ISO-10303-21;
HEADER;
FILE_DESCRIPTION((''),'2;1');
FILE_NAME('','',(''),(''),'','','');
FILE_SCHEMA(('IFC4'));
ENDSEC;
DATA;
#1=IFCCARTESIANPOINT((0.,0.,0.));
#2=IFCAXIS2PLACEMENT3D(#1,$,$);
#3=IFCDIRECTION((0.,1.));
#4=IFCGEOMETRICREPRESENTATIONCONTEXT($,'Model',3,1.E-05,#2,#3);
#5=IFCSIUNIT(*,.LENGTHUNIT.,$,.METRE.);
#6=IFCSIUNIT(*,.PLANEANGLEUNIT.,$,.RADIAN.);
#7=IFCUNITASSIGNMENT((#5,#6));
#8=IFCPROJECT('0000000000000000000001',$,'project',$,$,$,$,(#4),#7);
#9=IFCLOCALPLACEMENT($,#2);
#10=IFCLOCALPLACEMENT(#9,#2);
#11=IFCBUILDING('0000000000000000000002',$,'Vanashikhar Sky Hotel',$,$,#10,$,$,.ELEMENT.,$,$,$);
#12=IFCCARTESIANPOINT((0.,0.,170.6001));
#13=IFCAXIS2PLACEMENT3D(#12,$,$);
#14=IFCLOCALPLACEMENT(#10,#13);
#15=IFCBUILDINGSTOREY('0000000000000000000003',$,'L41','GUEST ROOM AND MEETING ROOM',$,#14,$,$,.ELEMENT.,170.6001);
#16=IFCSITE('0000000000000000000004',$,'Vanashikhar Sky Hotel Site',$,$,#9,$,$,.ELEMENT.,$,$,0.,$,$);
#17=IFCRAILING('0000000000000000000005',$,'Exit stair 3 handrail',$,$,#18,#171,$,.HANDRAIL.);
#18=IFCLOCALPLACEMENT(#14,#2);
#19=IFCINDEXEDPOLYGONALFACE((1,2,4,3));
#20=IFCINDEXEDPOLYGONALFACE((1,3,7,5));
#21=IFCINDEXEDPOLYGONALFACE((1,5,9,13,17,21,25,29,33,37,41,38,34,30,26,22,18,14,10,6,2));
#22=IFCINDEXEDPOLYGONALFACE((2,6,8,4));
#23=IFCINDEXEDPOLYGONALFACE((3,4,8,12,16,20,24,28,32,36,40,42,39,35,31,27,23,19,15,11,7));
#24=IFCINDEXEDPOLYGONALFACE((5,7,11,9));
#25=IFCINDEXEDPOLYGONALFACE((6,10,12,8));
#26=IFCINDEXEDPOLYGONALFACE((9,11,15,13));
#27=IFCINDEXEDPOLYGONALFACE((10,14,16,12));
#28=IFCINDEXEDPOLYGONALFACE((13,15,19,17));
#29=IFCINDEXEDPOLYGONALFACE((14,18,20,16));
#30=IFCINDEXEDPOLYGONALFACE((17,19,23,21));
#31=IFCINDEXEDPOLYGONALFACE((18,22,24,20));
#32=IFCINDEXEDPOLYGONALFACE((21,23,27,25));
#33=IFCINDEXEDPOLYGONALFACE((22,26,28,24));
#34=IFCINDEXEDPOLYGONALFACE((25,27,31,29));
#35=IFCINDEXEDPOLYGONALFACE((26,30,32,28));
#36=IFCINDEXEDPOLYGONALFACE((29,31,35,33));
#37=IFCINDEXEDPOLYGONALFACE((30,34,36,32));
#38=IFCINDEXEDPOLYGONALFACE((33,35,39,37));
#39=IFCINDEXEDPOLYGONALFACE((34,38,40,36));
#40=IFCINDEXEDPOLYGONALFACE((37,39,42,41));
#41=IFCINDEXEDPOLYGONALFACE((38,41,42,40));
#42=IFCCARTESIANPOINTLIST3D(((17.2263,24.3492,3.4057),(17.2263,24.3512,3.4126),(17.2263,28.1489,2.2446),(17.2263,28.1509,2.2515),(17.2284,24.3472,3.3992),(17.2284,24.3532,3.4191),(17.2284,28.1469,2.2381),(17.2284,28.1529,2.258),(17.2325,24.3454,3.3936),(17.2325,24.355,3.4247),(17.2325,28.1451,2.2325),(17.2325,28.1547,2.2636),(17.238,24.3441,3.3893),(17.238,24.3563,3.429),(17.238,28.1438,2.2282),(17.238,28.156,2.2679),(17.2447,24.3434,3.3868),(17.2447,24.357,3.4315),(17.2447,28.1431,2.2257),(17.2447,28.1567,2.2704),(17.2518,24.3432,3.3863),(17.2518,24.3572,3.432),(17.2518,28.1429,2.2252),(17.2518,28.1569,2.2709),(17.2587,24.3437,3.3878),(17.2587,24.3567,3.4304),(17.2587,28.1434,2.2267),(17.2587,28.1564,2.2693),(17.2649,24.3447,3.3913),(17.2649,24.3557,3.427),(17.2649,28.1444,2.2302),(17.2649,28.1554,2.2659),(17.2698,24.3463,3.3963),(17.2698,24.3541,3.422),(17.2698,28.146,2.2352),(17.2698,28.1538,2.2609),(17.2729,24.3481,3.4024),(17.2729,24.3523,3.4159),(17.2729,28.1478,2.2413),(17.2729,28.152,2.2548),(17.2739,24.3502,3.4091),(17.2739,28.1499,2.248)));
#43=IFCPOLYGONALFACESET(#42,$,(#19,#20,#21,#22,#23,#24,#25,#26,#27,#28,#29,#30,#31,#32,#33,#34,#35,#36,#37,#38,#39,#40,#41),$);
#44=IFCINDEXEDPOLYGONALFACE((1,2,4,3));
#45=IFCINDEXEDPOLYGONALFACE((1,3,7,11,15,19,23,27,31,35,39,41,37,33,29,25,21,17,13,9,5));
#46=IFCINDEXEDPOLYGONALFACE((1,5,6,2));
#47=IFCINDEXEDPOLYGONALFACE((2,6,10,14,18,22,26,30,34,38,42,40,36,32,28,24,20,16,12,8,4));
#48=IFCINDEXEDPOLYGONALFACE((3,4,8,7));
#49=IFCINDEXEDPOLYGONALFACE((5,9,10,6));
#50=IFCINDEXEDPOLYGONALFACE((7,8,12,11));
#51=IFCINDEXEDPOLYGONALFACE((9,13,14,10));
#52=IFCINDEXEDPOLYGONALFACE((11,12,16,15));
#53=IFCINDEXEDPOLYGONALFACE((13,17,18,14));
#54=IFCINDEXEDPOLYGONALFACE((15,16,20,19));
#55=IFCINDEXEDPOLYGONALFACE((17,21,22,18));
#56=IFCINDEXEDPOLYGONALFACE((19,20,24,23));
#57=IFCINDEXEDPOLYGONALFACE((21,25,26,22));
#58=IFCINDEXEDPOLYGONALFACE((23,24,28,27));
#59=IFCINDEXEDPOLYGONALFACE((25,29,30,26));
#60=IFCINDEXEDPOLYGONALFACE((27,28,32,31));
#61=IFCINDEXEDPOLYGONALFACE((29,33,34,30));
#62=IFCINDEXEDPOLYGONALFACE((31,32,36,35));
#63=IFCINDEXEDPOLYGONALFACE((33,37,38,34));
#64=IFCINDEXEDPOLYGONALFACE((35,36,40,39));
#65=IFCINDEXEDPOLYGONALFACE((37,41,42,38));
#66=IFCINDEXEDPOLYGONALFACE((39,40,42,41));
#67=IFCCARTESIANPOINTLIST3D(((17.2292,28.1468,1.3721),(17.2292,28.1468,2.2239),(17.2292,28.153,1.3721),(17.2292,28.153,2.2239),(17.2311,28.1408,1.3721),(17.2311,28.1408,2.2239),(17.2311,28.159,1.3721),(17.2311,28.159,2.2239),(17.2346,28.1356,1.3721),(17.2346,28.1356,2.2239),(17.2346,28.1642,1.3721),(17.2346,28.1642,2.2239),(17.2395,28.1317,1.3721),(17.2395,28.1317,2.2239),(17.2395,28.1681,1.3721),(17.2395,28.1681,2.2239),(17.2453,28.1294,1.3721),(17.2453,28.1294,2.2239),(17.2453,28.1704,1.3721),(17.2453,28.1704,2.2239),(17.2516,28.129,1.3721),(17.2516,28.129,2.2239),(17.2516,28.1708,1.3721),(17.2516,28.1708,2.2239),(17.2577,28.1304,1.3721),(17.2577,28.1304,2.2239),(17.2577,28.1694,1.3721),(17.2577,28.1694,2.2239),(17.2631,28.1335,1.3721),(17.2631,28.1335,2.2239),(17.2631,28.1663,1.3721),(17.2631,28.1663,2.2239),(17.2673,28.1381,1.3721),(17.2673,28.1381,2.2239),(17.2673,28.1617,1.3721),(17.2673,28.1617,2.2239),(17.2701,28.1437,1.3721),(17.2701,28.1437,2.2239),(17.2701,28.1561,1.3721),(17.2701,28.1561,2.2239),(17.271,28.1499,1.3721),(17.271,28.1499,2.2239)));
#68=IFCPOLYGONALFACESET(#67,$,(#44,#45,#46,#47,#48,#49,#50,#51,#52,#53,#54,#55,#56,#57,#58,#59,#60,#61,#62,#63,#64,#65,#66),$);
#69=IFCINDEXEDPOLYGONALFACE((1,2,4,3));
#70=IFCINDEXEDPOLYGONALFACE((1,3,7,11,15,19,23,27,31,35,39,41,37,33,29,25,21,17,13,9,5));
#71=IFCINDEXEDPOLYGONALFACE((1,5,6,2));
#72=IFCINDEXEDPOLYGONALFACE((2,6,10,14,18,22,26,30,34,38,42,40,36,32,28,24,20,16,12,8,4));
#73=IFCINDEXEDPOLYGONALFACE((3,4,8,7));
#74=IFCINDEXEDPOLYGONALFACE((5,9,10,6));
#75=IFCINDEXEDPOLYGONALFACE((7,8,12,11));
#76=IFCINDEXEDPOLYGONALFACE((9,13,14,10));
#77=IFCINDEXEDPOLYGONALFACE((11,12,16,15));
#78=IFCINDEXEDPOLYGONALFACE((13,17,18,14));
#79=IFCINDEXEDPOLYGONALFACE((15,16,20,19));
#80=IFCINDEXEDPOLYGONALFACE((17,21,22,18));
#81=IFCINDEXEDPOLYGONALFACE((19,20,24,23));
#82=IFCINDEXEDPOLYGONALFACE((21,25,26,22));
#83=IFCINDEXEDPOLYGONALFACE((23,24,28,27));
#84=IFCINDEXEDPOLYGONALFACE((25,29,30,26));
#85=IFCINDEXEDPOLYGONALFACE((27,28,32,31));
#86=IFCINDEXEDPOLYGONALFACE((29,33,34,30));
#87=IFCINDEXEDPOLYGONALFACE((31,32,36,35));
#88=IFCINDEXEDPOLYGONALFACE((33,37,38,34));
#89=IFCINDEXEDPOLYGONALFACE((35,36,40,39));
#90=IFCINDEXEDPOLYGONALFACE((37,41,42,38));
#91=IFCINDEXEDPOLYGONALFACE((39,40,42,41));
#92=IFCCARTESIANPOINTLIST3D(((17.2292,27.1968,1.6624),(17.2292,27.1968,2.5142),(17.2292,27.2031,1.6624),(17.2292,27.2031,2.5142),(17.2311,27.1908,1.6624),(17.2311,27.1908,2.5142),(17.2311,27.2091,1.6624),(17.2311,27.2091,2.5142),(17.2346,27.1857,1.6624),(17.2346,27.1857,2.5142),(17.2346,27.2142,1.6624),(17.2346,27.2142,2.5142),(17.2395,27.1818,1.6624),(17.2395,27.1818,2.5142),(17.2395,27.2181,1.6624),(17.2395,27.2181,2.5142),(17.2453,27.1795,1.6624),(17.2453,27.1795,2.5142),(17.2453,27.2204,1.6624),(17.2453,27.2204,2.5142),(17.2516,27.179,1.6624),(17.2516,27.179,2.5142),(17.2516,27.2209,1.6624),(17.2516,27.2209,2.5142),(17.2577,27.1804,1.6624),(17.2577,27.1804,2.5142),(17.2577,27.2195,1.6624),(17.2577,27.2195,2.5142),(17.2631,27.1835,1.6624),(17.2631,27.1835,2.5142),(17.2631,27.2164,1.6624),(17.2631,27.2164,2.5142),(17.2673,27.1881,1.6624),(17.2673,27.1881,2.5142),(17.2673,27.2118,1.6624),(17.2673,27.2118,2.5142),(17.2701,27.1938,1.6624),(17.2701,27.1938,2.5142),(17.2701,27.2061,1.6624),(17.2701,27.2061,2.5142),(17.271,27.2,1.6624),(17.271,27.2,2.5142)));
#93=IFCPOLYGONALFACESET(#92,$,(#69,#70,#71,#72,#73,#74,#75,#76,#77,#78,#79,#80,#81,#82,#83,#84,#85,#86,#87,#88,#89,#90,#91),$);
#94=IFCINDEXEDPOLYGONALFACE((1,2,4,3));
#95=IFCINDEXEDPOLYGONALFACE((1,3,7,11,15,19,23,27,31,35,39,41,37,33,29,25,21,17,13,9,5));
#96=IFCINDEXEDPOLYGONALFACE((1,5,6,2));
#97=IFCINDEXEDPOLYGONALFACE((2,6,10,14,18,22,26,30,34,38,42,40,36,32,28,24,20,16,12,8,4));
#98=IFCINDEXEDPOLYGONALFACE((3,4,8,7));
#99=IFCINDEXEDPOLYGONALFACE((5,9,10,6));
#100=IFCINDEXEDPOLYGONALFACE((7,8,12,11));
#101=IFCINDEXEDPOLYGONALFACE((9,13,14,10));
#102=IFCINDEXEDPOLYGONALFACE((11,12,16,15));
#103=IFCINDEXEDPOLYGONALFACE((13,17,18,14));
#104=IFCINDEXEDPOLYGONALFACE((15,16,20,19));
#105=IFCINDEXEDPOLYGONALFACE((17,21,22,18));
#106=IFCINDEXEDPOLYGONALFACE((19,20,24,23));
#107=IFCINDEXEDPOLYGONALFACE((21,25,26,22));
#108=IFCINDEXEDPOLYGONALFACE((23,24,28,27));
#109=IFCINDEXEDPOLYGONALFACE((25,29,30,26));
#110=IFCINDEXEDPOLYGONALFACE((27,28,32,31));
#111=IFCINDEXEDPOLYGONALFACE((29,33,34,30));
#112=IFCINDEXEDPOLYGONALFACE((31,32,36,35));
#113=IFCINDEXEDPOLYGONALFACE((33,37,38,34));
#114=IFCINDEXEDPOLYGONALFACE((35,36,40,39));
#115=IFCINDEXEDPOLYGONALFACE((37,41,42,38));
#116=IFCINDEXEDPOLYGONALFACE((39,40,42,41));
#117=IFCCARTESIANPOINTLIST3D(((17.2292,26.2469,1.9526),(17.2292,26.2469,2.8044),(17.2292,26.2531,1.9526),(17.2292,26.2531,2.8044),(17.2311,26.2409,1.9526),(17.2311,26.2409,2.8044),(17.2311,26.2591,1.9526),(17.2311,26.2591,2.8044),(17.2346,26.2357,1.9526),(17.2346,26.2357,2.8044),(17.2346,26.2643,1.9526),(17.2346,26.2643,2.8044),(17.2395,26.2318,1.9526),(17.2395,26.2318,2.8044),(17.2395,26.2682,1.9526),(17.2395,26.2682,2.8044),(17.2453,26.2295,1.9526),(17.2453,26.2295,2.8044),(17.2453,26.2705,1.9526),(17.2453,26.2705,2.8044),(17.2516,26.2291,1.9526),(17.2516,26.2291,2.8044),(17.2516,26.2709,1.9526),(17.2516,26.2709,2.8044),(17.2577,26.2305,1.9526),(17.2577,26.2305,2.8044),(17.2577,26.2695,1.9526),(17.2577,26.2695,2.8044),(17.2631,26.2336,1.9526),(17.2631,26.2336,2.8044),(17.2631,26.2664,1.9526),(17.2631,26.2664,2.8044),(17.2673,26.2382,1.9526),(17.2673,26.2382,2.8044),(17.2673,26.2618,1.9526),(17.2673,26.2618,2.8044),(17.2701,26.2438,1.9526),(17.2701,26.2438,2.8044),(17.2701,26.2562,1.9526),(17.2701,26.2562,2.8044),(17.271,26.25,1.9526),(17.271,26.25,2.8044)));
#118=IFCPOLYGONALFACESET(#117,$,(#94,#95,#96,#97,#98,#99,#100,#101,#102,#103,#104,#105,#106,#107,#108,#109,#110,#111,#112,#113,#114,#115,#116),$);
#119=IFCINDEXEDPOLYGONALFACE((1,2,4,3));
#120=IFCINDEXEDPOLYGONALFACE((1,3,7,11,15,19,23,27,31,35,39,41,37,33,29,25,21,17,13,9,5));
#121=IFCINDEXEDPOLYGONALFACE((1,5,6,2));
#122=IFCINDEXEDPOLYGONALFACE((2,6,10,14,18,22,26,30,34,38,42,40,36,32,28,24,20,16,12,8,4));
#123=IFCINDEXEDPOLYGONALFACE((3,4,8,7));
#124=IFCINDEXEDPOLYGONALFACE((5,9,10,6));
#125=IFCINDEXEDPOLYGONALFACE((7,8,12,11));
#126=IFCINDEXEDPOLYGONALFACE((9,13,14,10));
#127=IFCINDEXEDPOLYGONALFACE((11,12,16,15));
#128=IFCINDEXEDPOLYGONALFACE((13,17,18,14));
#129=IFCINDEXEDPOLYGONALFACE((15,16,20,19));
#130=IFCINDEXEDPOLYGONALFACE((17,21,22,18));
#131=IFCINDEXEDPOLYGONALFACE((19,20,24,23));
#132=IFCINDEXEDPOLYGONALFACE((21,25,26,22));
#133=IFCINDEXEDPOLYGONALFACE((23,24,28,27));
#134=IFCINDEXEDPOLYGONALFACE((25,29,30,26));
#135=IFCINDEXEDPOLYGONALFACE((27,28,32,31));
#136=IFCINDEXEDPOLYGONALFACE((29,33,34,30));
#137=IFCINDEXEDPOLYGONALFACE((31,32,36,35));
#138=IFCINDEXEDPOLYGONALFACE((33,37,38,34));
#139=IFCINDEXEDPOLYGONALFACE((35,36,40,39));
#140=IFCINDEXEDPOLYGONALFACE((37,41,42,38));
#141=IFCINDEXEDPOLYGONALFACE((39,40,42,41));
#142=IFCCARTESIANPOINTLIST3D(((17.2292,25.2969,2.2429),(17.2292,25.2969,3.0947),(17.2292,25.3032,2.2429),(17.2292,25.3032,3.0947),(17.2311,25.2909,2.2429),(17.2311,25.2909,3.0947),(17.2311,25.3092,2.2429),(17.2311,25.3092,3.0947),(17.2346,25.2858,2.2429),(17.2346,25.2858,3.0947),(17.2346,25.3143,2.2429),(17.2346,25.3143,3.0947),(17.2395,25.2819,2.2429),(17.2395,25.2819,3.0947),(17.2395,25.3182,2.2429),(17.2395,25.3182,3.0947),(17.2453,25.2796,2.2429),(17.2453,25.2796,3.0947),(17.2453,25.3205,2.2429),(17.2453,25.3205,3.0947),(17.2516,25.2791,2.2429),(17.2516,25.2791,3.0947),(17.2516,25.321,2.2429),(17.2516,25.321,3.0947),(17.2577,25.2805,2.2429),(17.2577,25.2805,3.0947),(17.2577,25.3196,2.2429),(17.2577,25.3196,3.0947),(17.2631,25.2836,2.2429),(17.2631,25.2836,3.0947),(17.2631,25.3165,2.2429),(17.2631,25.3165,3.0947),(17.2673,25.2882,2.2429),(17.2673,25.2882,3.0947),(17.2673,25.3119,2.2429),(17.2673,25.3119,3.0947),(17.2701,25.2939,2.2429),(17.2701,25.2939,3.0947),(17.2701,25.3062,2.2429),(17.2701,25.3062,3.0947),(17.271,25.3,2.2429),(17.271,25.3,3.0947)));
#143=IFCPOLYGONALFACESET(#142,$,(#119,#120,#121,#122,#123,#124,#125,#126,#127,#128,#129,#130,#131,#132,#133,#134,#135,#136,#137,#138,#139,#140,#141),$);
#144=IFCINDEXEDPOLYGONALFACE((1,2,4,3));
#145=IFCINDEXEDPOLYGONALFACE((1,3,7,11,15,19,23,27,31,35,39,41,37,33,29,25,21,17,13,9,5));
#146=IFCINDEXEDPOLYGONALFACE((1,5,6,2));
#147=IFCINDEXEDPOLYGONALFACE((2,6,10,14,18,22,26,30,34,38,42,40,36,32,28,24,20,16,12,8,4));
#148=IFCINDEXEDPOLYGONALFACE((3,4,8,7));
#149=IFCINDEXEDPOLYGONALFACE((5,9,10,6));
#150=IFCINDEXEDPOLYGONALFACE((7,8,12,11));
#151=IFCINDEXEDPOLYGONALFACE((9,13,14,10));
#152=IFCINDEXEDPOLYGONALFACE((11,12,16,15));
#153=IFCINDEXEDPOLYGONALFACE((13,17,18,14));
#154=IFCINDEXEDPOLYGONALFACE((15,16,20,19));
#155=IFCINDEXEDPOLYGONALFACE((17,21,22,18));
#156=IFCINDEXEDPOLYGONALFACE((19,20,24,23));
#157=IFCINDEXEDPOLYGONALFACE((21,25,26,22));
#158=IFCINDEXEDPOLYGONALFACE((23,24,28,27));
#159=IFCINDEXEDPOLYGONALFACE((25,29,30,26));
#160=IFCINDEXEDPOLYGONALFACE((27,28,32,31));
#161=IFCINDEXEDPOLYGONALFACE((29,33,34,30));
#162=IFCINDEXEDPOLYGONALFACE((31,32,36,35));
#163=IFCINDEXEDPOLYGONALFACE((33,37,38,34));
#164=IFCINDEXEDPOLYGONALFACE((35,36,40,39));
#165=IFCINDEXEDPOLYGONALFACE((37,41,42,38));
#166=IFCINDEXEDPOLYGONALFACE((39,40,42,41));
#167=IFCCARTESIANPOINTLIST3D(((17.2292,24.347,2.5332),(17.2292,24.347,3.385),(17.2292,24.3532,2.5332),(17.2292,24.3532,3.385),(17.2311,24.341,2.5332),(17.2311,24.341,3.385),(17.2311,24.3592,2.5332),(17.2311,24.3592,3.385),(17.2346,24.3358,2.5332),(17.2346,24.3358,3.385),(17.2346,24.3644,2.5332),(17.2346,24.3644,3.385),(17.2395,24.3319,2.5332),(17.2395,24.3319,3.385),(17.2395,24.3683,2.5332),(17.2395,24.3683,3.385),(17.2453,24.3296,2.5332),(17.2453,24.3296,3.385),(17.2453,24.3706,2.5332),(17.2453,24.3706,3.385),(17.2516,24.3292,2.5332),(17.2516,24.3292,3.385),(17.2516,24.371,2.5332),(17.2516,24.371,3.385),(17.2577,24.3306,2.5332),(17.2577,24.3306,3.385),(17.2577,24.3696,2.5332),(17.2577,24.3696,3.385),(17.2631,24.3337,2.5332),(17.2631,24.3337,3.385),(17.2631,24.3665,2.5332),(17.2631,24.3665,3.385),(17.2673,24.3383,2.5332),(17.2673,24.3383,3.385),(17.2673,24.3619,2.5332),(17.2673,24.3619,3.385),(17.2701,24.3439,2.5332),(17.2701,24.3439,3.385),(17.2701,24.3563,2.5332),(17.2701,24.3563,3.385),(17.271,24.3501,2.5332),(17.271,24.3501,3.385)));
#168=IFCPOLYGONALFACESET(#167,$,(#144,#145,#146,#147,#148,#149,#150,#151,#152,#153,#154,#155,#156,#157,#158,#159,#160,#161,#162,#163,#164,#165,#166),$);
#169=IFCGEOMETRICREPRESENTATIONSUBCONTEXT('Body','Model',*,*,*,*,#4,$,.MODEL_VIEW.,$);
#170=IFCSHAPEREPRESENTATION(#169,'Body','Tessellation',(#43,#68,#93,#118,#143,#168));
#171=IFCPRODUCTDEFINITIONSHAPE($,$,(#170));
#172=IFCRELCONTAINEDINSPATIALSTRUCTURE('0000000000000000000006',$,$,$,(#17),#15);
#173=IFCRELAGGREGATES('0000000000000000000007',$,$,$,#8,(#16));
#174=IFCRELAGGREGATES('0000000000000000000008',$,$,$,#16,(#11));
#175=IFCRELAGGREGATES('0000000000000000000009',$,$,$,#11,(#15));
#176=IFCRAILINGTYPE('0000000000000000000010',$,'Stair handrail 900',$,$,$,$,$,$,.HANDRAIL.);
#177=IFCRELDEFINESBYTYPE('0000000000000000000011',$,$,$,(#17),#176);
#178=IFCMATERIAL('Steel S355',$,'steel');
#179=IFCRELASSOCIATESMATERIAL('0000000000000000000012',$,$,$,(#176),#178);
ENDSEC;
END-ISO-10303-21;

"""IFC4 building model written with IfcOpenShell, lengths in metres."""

from ifc_helpers import new_model, si_unit, direction, frame, origin, origin_2d, place, context, subcontext, project, spatial, circle, extrude, source, transform, mapped, material, type_object, element, save


model = new_model("IFC4")

# Units and contexts
model_context = context("Model", 3, precision=1e-05, world=origin(), true_north=direction((0.0, 1.0)))
body_context = subcontext(model_context, "Body", "Model", "MODEL_VIEW")
ifc_project = project(units=[si_unit("LENGTHUNIT", "METRE"), si_unit("PLANEANGLEUNIT", "RADIAN")], contexts=[model_context])

# Site, building, storey
site_placement = place(None, origin())
site = spatial("IfcSite", under=ifc_project, at=site_placement, Name="Vanashikhar Sky Hotel Site", CompositionType="ELEMENT", RefElevation=0.0)
building_placement = place(site_placement, origin())
building = spatial("IfcBuilding", under=site, at=building_placement, Name="Vanashikhar Sky Hotel", CompositionType="ELEMENT")
storey_placement = place(building_placement, frame((0.0, 0.0, 170.6001)))
storey = spatial("IfcBuildingStorey", under=building, at=storey_placement, Name="L41", Description="GUEST ROOM AND MEETING ROOM", CompositionType="ELEMENT", Elevation=170.6001)

# Railing
ifc_material_1 = material(Name="Steel S355", Category="steel")
railing_type = type_object("IfcRailingType", Name="Stair handrail 900", PredefinedType="HANDRAIL", material=ifc_material_1)
shared_shape_1 = source(origin(), body_context, "Body", "SweptSolid", [
    extrude(circle(Radius=0.0239, at=origin_2d()), frame((0.0, 0.0, 0.876), z_axis=(0.0, -0.956346, 0.292237), x_axis=(1.0, 0.0, 0.0)), (0.0, 0.0, 1.0), 3.9731),
    extrude(circle(Radius=0.021, at=origin_2d()), origin(), (0.0, 0.0, 1.0), 0.8518),
    extrude(circle(Radius=0.021, at=origin_2d()), frame((0.0, -0.95, 0.2903)), (0.0, 0.0, 1.0), 0.8518),
    extrude(circle(Radius=0.021, at=origin_2d()), frame((0.0, -1.8999, 0.5806)), (0.0, 0.0, 1.0), 0.8518),
    extrude(circle(Radius=0.021, at=origin_2d()), frame((0.0, -2.8499, 0.8708)), (0.0, 0.0, 1.0), 0.8518),
    extrude(circle(Radius=0.021, at=origin_2d()), frame((0.0, -3.7998, 1.1611)), (0.0, 0.0, 1.0), 0.8518),
])
railing_1_placement = place(storey_placement, frame((17.25, 28.1499, 1.3721)))
element("IfcRailing", 1, at=railing_1_placement, inside=storey, type_object=railing_type, Name="Exit stair 3 handrail", PredefinedType="HANDRAIL", context=body_context, shape_type="MappedRepresentation", body=[
    mapped(shared_shape_1, transform((0.0, 0.0, 0.0), scale=1.0)),
])

save(model, "model.ifc")
